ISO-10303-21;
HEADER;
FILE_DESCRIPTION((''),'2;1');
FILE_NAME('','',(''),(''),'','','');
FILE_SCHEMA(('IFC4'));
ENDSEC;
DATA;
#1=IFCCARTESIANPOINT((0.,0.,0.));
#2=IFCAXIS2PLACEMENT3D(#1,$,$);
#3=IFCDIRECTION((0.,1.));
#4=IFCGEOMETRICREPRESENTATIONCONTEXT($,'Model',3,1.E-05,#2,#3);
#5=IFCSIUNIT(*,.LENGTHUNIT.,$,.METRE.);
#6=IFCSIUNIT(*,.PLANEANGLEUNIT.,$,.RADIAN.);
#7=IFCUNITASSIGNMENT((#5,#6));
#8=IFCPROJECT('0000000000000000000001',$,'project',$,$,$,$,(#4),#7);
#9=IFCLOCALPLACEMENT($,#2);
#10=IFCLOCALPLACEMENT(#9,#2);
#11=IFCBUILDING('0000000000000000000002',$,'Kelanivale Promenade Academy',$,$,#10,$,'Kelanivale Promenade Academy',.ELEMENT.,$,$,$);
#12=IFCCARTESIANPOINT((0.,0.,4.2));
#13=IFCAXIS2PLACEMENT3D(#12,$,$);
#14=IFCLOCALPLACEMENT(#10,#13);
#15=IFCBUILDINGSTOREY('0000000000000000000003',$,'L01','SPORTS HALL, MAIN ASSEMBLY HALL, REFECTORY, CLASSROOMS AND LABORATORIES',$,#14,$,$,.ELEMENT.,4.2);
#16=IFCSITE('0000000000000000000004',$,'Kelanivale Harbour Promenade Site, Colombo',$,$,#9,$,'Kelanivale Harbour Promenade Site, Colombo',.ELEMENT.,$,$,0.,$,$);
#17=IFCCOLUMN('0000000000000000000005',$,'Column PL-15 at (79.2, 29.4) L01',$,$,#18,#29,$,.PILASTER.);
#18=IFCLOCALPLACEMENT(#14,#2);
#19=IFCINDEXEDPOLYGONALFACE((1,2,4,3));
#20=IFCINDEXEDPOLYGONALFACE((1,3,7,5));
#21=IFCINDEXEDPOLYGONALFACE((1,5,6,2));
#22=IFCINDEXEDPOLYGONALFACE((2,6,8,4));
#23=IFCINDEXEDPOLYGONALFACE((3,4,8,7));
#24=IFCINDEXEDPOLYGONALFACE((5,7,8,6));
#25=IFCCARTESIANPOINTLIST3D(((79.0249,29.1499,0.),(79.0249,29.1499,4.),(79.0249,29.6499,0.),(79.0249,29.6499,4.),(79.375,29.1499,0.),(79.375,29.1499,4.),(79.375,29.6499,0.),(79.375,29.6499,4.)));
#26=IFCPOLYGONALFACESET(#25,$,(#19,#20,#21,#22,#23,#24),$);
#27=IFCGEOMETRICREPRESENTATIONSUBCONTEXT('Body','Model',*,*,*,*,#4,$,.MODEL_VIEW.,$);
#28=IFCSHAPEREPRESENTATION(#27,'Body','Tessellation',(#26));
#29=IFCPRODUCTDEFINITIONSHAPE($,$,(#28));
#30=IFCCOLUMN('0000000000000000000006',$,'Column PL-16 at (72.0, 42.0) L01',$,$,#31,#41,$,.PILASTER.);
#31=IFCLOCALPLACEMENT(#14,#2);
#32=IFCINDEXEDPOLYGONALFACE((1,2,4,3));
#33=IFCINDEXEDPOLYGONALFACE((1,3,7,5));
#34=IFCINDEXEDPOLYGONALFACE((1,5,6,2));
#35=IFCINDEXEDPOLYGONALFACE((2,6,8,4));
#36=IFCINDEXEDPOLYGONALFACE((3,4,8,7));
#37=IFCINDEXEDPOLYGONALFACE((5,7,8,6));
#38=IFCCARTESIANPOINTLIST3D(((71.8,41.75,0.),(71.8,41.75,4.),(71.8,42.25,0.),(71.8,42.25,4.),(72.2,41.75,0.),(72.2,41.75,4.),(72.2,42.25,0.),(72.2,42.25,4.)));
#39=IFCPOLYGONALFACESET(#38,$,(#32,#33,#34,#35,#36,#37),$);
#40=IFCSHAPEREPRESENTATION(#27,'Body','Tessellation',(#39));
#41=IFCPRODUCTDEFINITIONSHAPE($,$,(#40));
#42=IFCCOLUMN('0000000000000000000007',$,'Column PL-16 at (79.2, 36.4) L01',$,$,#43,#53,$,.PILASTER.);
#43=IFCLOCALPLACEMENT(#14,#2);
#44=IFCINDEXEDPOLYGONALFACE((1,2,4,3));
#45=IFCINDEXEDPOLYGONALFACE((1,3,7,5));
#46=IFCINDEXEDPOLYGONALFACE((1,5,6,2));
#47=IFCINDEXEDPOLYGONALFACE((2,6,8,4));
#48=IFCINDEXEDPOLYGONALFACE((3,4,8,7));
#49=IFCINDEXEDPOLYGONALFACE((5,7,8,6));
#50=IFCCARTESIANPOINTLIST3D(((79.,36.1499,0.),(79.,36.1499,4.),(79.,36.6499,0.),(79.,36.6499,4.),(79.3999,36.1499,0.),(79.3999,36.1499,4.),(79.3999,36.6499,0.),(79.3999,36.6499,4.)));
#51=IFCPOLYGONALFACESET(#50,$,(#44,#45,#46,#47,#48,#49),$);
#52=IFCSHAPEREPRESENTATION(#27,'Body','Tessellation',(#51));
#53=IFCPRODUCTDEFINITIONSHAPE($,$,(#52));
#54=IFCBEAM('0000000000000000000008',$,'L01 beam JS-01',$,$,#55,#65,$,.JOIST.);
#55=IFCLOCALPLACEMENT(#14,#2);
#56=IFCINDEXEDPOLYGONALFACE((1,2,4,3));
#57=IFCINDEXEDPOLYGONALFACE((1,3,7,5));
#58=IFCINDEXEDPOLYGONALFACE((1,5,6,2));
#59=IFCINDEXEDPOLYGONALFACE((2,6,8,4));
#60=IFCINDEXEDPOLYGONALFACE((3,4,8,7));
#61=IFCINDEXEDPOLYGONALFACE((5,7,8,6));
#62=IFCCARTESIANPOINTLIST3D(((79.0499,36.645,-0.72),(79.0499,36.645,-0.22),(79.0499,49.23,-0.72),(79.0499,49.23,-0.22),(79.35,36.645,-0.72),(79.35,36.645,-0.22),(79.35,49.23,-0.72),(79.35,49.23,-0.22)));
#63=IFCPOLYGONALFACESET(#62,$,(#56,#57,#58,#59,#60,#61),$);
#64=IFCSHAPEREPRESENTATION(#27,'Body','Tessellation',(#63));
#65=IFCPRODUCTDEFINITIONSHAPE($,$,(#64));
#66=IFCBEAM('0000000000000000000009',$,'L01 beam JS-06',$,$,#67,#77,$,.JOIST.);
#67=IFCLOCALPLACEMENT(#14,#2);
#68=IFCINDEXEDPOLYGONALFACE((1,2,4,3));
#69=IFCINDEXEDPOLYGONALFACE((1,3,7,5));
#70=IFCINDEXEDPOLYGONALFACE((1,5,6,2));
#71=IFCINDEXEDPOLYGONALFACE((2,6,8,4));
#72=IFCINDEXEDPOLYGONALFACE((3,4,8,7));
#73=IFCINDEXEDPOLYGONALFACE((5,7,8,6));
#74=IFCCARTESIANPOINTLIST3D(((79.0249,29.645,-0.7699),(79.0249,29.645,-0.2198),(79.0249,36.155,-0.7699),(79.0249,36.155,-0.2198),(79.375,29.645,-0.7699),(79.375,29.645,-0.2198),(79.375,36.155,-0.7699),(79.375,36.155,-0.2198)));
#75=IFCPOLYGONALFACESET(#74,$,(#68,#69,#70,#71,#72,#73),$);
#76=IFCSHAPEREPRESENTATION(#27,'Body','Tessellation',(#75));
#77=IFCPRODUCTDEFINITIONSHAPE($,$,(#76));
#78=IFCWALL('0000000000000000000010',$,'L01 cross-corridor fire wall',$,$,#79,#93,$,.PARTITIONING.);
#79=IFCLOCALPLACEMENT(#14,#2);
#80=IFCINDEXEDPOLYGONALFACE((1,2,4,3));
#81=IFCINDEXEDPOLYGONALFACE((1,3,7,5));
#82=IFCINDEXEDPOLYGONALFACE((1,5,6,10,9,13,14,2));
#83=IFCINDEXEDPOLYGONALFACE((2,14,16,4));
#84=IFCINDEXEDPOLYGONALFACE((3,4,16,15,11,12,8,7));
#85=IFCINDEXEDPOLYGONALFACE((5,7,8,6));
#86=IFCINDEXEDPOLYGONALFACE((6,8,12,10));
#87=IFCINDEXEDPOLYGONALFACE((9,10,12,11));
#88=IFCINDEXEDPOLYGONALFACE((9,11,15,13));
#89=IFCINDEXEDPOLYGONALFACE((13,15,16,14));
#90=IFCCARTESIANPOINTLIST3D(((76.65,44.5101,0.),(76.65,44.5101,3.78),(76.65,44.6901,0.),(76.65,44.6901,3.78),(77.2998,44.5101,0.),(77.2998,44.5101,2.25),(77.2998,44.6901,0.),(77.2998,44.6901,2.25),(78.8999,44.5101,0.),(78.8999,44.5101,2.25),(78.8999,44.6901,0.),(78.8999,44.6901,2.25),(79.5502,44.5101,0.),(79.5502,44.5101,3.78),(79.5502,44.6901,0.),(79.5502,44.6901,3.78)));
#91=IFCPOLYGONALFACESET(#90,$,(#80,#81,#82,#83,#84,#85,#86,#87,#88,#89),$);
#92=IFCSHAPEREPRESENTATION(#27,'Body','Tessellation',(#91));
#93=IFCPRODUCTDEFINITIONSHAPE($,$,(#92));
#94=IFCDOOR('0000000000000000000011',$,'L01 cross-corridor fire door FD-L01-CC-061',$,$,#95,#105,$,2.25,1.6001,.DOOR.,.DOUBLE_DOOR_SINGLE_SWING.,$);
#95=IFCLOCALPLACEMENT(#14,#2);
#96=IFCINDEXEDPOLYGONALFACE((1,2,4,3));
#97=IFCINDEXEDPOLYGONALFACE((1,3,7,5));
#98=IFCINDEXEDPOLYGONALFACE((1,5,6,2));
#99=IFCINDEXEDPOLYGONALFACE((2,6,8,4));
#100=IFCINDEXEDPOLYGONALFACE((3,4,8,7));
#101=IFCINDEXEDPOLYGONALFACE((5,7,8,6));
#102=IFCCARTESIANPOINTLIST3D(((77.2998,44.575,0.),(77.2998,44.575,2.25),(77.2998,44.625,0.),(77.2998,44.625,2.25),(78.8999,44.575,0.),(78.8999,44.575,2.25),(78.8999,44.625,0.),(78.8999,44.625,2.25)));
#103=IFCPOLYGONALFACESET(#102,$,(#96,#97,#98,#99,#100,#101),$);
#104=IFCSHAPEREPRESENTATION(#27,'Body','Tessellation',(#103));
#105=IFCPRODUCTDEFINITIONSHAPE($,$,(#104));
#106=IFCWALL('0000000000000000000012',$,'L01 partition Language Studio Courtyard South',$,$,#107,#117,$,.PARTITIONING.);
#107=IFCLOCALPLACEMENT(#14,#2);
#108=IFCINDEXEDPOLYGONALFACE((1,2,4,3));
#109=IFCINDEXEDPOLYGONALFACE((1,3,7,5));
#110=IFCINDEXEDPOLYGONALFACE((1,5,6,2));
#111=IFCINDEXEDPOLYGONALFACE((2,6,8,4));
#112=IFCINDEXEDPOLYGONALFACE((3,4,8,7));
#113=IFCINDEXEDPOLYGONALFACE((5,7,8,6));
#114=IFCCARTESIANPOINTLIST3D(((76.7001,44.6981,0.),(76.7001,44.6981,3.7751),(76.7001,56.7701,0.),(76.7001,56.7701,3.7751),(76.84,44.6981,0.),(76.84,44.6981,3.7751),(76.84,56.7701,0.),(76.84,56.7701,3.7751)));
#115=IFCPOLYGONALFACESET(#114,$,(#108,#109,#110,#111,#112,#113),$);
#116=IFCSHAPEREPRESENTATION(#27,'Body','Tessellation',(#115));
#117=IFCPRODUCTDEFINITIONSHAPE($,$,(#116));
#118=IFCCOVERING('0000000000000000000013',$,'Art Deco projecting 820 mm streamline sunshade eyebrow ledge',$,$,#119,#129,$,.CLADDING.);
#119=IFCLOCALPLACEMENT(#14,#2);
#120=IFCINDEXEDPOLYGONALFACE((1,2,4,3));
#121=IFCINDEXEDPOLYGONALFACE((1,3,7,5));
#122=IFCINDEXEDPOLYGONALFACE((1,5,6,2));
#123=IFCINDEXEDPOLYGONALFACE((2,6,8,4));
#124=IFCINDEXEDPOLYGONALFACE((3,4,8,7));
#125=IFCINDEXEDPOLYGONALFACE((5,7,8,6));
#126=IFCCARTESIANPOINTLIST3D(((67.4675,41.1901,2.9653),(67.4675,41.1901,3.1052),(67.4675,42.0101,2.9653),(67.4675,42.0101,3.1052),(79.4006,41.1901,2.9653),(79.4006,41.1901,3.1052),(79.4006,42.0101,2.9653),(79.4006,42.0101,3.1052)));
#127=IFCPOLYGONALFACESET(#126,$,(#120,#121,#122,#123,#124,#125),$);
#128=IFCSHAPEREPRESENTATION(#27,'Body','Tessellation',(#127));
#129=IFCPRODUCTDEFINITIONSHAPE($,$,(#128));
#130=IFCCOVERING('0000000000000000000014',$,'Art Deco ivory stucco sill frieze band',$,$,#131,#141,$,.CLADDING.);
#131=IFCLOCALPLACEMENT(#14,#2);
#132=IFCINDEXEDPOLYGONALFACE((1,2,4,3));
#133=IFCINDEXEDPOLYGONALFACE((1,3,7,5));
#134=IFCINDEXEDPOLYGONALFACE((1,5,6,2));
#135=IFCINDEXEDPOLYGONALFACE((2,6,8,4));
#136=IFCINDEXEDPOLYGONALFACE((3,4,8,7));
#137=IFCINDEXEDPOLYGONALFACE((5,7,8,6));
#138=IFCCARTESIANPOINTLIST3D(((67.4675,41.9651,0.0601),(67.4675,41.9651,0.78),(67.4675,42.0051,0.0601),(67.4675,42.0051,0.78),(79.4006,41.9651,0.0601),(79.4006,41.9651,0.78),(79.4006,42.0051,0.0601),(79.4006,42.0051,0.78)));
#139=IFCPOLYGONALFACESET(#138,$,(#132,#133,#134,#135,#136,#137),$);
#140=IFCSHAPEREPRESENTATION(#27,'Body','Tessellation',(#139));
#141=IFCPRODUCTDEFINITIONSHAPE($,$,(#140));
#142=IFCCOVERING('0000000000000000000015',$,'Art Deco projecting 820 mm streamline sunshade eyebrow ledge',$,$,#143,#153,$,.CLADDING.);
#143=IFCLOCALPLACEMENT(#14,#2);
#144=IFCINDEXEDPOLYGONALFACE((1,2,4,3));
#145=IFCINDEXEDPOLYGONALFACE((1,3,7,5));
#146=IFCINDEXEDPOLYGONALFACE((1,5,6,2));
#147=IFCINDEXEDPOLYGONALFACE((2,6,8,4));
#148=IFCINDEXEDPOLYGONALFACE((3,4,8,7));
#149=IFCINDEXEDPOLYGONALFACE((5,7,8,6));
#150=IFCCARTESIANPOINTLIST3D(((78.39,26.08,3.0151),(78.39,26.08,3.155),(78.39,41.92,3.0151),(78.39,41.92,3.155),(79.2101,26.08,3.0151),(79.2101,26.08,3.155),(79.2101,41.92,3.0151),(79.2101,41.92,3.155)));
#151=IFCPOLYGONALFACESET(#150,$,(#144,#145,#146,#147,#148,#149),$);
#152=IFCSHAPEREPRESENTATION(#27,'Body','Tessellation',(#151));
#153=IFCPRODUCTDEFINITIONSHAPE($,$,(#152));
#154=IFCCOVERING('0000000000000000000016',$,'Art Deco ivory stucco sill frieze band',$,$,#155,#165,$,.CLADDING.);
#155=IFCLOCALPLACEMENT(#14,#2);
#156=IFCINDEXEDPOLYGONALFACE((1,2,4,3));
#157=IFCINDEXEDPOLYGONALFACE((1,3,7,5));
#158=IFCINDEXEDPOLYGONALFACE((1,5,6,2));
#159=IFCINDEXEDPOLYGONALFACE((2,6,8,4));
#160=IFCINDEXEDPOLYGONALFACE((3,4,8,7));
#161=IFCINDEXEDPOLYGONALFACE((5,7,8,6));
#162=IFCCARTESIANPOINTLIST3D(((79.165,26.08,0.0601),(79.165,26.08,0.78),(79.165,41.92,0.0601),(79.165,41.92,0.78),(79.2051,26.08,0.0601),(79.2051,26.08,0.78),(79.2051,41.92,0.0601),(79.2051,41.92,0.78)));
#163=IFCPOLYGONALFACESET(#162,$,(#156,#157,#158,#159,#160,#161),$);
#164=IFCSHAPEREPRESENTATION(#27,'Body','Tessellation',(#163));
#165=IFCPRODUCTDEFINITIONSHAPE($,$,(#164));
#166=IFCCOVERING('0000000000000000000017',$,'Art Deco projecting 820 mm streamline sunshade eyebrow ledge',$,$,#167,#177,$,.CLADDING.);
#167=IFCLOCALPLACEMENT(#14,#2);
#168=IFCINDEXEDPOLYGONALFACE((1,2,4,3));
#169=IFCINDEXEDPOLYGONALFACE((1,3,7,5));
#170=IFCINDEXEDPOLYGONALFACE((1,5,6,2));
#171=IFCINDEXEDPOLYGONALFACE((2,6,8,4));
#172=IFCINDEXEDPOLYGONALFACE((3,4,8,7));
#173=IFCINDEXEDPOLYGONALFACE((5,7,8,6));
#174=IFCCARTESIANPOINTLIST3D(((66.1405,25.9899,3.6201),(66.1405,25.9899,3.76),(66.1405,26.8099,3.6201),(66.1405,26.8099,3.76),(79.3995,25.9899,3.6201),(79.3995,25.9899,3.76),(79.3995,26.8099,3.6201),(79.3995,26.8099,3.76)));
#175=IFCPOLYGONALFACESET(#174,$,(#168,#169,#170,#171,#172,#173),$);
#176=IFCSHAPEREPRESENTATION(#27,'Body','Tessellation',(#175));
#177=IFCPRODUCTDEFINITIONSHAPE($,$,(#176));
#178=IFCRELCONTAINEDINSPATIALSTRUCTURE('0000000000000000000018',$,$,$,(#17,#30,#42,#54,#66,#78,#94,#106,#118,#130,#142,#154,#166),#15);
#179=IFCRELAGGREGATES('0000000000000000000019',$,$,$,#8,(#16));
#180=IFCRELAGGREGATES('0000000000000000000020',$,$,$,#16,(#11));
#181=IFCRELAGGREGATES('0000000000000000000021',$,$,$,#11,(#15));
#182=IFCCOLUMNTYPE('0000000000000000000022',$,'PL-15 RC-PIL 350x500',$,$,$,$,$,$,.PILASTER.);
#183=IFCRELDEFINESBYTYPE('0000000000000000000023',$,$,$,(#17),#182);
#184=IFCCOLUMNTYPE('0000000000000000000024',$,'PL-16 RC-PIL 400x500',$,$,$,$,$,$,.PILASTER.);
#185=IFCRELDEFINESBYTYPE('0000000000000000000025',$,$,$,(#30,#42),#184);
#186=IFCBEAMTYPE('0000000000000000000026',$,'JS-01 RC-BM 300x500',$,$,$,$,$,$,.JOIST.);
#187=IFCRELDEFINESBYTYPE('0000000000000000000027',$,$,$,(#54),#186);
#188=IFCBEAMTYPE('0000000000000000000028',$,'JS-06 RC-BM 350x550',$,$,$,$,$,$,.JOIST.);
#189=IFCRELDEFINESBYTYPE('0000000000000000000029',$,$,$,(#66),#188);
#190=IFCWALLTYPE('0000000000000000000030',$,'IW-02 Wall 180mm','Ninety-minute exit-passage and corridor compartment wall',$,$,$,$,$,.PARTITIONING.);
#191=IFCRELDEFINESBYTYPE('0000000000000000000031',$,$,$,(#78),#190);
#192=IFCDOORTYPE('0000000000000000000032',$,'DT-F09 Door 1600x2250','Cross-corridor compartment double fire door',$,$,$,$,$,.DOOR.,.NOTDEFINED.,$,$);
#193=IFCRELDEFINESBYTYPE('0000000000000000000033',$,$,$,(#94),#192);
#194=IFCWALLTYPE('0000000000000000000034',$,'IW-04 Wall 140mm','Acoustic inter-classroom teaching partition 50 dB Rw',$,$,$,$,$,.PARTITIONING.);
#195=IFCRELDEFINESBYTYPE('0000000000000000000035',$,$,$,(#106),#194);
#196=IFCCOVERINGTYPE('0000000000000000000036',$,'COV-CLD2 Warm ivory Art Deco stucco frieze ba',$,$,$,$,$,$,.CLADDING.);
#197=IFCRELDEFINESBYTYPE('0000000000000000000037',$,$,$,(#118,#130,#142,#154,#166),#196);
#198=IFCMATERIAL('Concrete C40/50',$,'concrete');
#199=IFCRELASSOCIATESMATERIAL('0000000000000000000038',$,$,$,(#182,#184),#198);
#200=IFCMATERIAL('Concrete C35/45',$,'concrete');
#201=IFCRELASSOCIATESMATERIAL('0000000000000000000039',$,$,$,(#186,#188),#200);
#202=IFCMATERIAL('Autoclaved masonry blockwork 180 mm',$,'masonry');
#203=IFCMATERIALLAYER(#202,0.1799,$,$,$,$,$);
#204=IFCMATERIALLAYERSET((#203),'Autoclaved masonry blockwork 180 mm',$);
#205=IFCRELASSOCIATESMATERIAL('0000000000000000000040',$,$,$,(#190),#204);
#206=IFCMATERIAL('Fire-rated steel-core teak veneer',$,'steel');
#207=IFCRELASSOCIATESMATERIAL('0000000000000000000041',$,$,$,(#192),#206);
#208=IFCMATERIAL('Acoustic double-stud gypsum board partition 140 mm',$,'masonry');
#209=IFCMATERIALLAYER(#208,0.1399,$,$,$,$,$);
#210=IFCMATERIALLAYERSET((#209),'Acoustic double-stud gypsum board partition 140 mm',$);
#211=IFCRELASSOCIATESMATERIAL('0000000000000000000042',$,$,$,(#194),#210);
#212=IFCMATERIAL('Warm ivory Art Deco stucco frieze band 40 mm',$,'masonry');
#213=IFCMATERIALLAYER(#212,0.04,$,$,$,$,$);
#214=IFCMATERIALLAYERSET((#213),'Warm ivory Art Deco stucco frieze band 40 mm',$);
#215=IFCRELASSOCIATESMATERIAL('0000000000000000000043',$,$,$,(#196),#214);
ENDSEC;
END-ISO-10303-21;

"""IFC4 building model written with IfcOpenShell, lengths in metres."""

from ifc_helpers import new_model, si_unit, direction, frame, frame_2d, origin, origin_2d, place, context, subcontext, project, spatial, rectangle, extrude, material, layer, layer_set, material_profile, profile_set, type_object, element, fill, save


model = new_model("IFC4")

# Units and contexts
model_context = context("Model", 3, precision=1e-05, world=origin(), true_north=direction((0.0, 1.0)))
body_context = subcontext(model_context, "Body", "Model", "MODEL_VIEW")
ifc_project = project(units=[si_unit("LENGTHUNIT", "METRE"), si_unit("PLANEANGLEUNIT", "RADIAN")], contexts=[model_context])

# Site, building, storey
site_placement = place(None, origin())
site = spatial("IfcSite", under=ifc_project, at=site_placement, Name="Kelanivale Harbour Promenade Site, Colombo", LongName="Kelanivale Harbour Promenade Site, Colombo", CompositionType="ELEMENT", RefElevation=0.0)
building_placement = place(site_placement, origin())
building = spatial("IfcBuilding", under=site, at=building_placement, Name="Kelanivale Promenade Academy", LongName="Kelanivale Promenade Academy", CompositionType="ELEMENT")
storey_placement = place(building_placement, frame((0.0, 0.0, 4.2)))
storey = spatial("IfcBuildingStorey", under=building, at=storey_placement, Name="L01", Description="SPORTS HALL, MAIN ASSEMBLY HALL, REFECTORY, CLASSROOMS AND LABORATORIES", CompositionType="ELEMENT", Elevation=4.2)

# Columns
ifc_material_1 = material(Name="Concrete C40/50", Category="concrete")
ifc_material_profile_1 = material_profile(ifc_material_1, rectangle(XDim=0.3501, YDim=0.5, at=origin_2d()), Name="RC-PIL 350x500")
ifc_profile_set_1 = profile_set([ifc_material_profile_1], Name="Concrete C40/50")
column_type_1 = type_object("IfcColumnType", Name="PL-15 RC-PIL 350x500", PredefinedType="PILASTER", material=ifc_profile_set_1)
column_placement = place(storey_placement, frame((79.2, 29.3999, 0.0), z_axis=(0.0, 0.0, 1.0), x_axis=(1.0, 0.0, 0.0)))
element("IfcColumn", 1, at=column_placement, inside=storey, type_object=column_type_1, Name="Column PL-15 at (79.2, 29.4) L01", PredefinedType="PILASTER", context=body_context, shape_type="SweptSolid", body=[
    extrude(rectangle(XDim=0.3501, YDim=0.5, at=origin_2d()), origin(), (0.0, 0.0, 1.0), 4.0),
])
ifc_material_profile_2 = material_profile(ifc_material_1, rectangle(XDim=0.3999, YDim=0.5, at=origin_2d()), Name="RC-PIL 400x500")
ifc_profile_set_2 = profile_set([ifc_material_profile_2], Name="Concrete C40/50")
column_type_2 = type_object("IfcColumnType", Name="PL-16 RC-PIL 400x500", PredefinedType="PILASTER", material=ifc_profile_set_2)
for number, where, z_axis, x_axis, name in (
    (2, (72.0, 42.0, 0.0), (0.0, 0.0, 1.0), (1.0, 0.0, 0.0), "Column PL-16 at (72.0, 42.0) L01"),
    (3, (79.2, 36.3999, 0.0), (0.0, 0.0, 1.0), (1.0, 0.0, 0.0), "Column PL-16 at (79.2, 36.4) L01"),
):
    element("IfcColumn", number, at=place(storey_placement, frame(where, z_axis=z_axis, x_axis=x_axis)), inside=storey, type_object=column_type_2, Name=name, PredefinedType="PILASTER", context=body_context, shape_type="SweptSolid", body=[
        extrude(rectangle(XDim=0.3999, YDim=0.5, at=origin_2d()), origin(), (0.0, 0.0, 1.0), 4.0),
    ])

# Beams
ifc_material_2 = material(Name="Concrete C35/45", Category="concrete")
ifc_material_profile_3 = material_profile(ifc_material_2, rectangle(XDim=0.3, YDim=0.5, at=origin_2d()), Name="RC-BM 300x500")
ifc_profile_set_3 = profile_set([ifc_material_profile_3], Name="Concrete C35/45")
beam_type_1 = type_object("IfcBeamType", Name="JS-01 RC-BM 300x500", PredefinedType="JOIST", material=ifc_profile_set_3)
beam_1_placement = place(storey_placement, frame((79.2, 36.645, -0.47), z_axis=(0.0, 1.0, 0.0), x_axis=(-1.0, 0.0, 0.0)))
element("IfcBeam", 4, at=beam_1_placement, inside=storey, type_object=beam_type_1, Name="L01 beam JS-01", PredefinedType="JOIST", context=body_context, shape_type="SweptSolid", body=[
    extrude(rectangle(XDim=0.3, YDim=0.5, at=origin_2d()), origin(), (0.0, 0.0, 1.0), 12.585),
])
ifc_material_profile_4 = material_profile(ifc_material_2, rectangle(XDim=0.3501, YDim=0.55, at=origin_2d()), Name="RC-BM 350x550")
ifc_profile_set_4 = profile_set([ifc_material_profile_4], Name="Concrete C35/45")
beam_type_2 = type_object("IfcBeamType", Name="JS-06 RC-BM 350x550", PredefinedType="JOIST", material=ifc_profile_set_4)
beam_2_placement = place(storey_placement, frame((79.2, 29.645, -0.4949), z_axis=(0.0, 1.0, 0.0), x_axis=(-1.0, 0.0, 0.0)))
element("IfcBeam", 5, at=beam_2_placement, inside=storey, type_object=beam_type_2, Name="L01 beam JS-06", PredefinedType="JOIST", context=body_context, shape_type="SweptSolid", body=[
    extrude(rectangle(XDim=0.3501, YDim=0.55, at=origin_2d()), origin(), (0.0, 0.0, 1.0), 6.51),
])

# Wall, opening, door
ifc_material_3 = material(Name="Autoclaved masonry blockwork 180 mm", Category="masonry")
ifc_layer_1 = layer(ifc_material_3, 0.1799)
ifc_layer_set_1 = layer_set([ifc_layer_1], Name="Autoclaved masonry blockwork 180 mm")
wall_type_1 = type_object("IfcWallType", Name="IW-02 Wall 180mm", Description="Ninety-minute exit-passage and corridor compartment wall", PredefinedType="PARTITIONING", material=ifc_layer_set_1)
wall_1_placement = place(storey_placement, frame((76.6499, 44.6001, 0.0), z_axis=(0.0, 0.0, 1.0), x_axis=(1.0, 0.0, 0.0)))
wall_1 = element("IfcWall", 6, at=wall_1_placement, inside=storey, type_object=wall_type_1, Name="L01 cross-corridor fire wall", PredefinedType="PARTITIONING", context=body_context, shape_type="SweptSolid", body=[
    extrude(rectangle(XDim=2.9001, YDim=0.1799, at=frame_2d((1.4502, 0.0))), origin(), (0.0, 0.0, 1.0), 3.78),
])
opening_placement = place(wall_1_placement, frame((0.6499, 0.0, 0.0)))
opening = element("IfcOpeningElement", 7, at=opening_placement, cuts=wall_1, PredefinedType="OPENING", context=body_context, shape_type="SweptSolid", body=[
    extrude(rectangle(XDim=1.6001, YDim=2.25, at=frame_2d((0.8, 1.125))), frame((0.0, 0.1001, 0.0), z_axis=(0.0, -1.0, 0.0), x_axis=(1.0, 0.0, 0.0)), (0.0, 0.0, 1.0), 0.2),
])
ifc_material_4 = material(Name="Fire-rated steel-core teak veneer", Category="steel")
door_type = type_object("IfcDoorType", Name="DT-F09 Door 1600x2250", Description="Cross-corridor compartment double fire door", OperationType="NOTDEFINED", PredefinedType="DOOR", material=ifc_material_4)
door_placement = place(opening_placement, origin())
door = element("IfcDoor", 8, at=door_placement, inside=storey, type_object=door_type, Name="L01 cross-corridor fire door FD-L01-CC-061", OperationType="DOUBLE_DOOR_SINGLE_SWING", OverallHeight=2.25, OverallWidth=1.6001, PredefinedType="DOOR", context=body_context, shape_type="SweptSolid", body=[
    extrude(rectangle(XDim=1.6001, YDim=2.25, at=frame_2d((0.8, 1.125))), frame((0.0, 0.0249, 0.0), z_axis=(0.0, -1.0, 0.0), x_axis=(1.0, 0.0, 0.0)), (0.0, 0.0, 1.0), 0.05),
])
fill(opening, door)

# Wall
ifc_material_5 = material(Name="Acoustic double-stud gypsum board partition 140 mm", Category="masonry")
ifc_layer_2 = layer(ifc_material_5, 0.1399)
ifc_layer_set_2 = layer_set([ifc_layer_2], Name="Acoustic double-stud gypsum board partition 140 mm")
wall_type_2 = type_object("IfcWallType", Name="IW-04 Wall 140mm", Description="Acoustic inter-classroom teaching partition 50 dB Rw", PredefinedType="PARTITIONING", material=ifc_layer_set_2)
wall_2_placement = place(storey_placement, frame((76.77, 44.698, 0.0), z_axis=(0.0, 0.0, 1.0), x_axis=(0.0, 1.0, 0.0)))
element("IfcWall", 9, at=wall_2_placement, inside=storey, type_object=wall_type_2, Name="L01 partition Language Studio Courtyard South", PredefinedType="PARTITIONING", context=body_context, shape_type="SweptSolid", body=[
    extrude(rectangle(XDim=12.072, YDim=0.1399, at=frame_2d((6.0361, 0.0))), origin(), (0.0, 0.0, 1.0), 3.7751),
])

# Coverings
ifc_material_6 = material(Name="Warm ivory Art Deco stucco frieze band 40 mm", Category="masonry")
ifc_layer_3 = layer(ifc_material_6, 0.04)
ifc_layer_set_3 = layer_set([ifc_layer_3], Name="Warm ivory Art Deco stucco frieze band 40 mm")
covering_type = type_object("IfcCoveringType", Name="COV-CLD2 Warm ivory Art Deco stucco frieze ba", PredefinedType="CLADDING", material=ifc_layer_set_3)
covering_1_placement = place(storey_placement, frame((73.4341, 41.6001, 2.9653), z_axis=(0.0, 0.0, 1.0), x_axis=(1.0, 0.0, 0.0)))
element("IfcCovering", 10, at=covering_1_placement, inside=storey, type_object=covering_type, Name="Art Deco projecting 820 mm streamline sunshade eyebrow ledge", PredefinedType="CLADDING", context=body_context, shape_type="SweptSolid", body=[
    extrude(rectangle(XDim=11.9331, YDim=0.8201, at=origin_2d()), origin(), (0.0, 0.0, 1.0), 0.1399),
])
covering_2_placement = place(storey_placement, frame((73.4341, 41.9851, 0.0601), z_axis=(0.0, 0.0, 1.0), x_axis=(1.0, 0.0, 0.0)))
element("IfcCovering", 11, at=covering_2_placement, inside=storey, type_object=covering_type, Name="Art Deco ivory stucco sill frieze band", PredefinedType="CLADDING", context=body_context, shape_type="SweptSolid", body=[
    extrude(rectangle(XDim=11.9331, YDim=0.04, at=origin_2d()), origin(), (0.0, 0.0, 1.0), 0.72),
])
covering_3_placement = place(storey_placement, frame((78.8, 34.0, 3.0151), z_axis=(0.0, 0.0, 1.0), x_axis=(0.0, -1.0, 0.0)))
element("IfcCovering", 12, at=covering_3_placement, inside=storey, type_object=covering_type, Name="Art Deco projecting 820 mm streamline sunshade eyebrow ledge", PredefinedType="CLADDING", context=body_context, shape_type="SweptSolid", body=[
    extrude(rectangle(XDim=15.8401, YDim=0.8201, at=origin_2d()), origin(), (0.0, 0.0, 1.0), 0.1399),
])
covering_4_placement = place(storey_placement, frame((79.1851, 34.0, 0.0601), z_axis=(0.0, 0.0, 1.0), x_axis=(0.0, -1.0, 0.0)))
element("IfcCovering", 13, at=covering_4_placement, inside=storey, type_object=covering_type, Name="Art Deco ivory stucco sill frieze band", PredefinedType="CLADDING", context=body_context, shape_type="SweptSolid", body=[
    extrude(rectangle(XDim=15.8401, YDim=0.04, at=origin_2d()), origin(), (0.0, 0.0, 1.0), 0.72),
])
covering_5_placement = place(storey_placement, frame((72.77, 26.3999, 3.6201), z_axis=(0.0, 0.0, 1.0), x_axis=(-1.0, 0.0, 0.0)))
element("IfcCovering", 14, at=covering_5_placement, inside=storey, type_object=covering_type, Name="Art Deco projecting 820 mm streamline sunshade eyebrow ledge", PredefinedType="CLADDING", context=body_context, shape_type="SweptSolid", body=[
    extrude(rectangle(XDim=13.259, YDim=0.8201, at=origin_2d()), origin(), (0.0, 0.0, 1.0), 0.1399),
])

save(model, "model.ifc")
